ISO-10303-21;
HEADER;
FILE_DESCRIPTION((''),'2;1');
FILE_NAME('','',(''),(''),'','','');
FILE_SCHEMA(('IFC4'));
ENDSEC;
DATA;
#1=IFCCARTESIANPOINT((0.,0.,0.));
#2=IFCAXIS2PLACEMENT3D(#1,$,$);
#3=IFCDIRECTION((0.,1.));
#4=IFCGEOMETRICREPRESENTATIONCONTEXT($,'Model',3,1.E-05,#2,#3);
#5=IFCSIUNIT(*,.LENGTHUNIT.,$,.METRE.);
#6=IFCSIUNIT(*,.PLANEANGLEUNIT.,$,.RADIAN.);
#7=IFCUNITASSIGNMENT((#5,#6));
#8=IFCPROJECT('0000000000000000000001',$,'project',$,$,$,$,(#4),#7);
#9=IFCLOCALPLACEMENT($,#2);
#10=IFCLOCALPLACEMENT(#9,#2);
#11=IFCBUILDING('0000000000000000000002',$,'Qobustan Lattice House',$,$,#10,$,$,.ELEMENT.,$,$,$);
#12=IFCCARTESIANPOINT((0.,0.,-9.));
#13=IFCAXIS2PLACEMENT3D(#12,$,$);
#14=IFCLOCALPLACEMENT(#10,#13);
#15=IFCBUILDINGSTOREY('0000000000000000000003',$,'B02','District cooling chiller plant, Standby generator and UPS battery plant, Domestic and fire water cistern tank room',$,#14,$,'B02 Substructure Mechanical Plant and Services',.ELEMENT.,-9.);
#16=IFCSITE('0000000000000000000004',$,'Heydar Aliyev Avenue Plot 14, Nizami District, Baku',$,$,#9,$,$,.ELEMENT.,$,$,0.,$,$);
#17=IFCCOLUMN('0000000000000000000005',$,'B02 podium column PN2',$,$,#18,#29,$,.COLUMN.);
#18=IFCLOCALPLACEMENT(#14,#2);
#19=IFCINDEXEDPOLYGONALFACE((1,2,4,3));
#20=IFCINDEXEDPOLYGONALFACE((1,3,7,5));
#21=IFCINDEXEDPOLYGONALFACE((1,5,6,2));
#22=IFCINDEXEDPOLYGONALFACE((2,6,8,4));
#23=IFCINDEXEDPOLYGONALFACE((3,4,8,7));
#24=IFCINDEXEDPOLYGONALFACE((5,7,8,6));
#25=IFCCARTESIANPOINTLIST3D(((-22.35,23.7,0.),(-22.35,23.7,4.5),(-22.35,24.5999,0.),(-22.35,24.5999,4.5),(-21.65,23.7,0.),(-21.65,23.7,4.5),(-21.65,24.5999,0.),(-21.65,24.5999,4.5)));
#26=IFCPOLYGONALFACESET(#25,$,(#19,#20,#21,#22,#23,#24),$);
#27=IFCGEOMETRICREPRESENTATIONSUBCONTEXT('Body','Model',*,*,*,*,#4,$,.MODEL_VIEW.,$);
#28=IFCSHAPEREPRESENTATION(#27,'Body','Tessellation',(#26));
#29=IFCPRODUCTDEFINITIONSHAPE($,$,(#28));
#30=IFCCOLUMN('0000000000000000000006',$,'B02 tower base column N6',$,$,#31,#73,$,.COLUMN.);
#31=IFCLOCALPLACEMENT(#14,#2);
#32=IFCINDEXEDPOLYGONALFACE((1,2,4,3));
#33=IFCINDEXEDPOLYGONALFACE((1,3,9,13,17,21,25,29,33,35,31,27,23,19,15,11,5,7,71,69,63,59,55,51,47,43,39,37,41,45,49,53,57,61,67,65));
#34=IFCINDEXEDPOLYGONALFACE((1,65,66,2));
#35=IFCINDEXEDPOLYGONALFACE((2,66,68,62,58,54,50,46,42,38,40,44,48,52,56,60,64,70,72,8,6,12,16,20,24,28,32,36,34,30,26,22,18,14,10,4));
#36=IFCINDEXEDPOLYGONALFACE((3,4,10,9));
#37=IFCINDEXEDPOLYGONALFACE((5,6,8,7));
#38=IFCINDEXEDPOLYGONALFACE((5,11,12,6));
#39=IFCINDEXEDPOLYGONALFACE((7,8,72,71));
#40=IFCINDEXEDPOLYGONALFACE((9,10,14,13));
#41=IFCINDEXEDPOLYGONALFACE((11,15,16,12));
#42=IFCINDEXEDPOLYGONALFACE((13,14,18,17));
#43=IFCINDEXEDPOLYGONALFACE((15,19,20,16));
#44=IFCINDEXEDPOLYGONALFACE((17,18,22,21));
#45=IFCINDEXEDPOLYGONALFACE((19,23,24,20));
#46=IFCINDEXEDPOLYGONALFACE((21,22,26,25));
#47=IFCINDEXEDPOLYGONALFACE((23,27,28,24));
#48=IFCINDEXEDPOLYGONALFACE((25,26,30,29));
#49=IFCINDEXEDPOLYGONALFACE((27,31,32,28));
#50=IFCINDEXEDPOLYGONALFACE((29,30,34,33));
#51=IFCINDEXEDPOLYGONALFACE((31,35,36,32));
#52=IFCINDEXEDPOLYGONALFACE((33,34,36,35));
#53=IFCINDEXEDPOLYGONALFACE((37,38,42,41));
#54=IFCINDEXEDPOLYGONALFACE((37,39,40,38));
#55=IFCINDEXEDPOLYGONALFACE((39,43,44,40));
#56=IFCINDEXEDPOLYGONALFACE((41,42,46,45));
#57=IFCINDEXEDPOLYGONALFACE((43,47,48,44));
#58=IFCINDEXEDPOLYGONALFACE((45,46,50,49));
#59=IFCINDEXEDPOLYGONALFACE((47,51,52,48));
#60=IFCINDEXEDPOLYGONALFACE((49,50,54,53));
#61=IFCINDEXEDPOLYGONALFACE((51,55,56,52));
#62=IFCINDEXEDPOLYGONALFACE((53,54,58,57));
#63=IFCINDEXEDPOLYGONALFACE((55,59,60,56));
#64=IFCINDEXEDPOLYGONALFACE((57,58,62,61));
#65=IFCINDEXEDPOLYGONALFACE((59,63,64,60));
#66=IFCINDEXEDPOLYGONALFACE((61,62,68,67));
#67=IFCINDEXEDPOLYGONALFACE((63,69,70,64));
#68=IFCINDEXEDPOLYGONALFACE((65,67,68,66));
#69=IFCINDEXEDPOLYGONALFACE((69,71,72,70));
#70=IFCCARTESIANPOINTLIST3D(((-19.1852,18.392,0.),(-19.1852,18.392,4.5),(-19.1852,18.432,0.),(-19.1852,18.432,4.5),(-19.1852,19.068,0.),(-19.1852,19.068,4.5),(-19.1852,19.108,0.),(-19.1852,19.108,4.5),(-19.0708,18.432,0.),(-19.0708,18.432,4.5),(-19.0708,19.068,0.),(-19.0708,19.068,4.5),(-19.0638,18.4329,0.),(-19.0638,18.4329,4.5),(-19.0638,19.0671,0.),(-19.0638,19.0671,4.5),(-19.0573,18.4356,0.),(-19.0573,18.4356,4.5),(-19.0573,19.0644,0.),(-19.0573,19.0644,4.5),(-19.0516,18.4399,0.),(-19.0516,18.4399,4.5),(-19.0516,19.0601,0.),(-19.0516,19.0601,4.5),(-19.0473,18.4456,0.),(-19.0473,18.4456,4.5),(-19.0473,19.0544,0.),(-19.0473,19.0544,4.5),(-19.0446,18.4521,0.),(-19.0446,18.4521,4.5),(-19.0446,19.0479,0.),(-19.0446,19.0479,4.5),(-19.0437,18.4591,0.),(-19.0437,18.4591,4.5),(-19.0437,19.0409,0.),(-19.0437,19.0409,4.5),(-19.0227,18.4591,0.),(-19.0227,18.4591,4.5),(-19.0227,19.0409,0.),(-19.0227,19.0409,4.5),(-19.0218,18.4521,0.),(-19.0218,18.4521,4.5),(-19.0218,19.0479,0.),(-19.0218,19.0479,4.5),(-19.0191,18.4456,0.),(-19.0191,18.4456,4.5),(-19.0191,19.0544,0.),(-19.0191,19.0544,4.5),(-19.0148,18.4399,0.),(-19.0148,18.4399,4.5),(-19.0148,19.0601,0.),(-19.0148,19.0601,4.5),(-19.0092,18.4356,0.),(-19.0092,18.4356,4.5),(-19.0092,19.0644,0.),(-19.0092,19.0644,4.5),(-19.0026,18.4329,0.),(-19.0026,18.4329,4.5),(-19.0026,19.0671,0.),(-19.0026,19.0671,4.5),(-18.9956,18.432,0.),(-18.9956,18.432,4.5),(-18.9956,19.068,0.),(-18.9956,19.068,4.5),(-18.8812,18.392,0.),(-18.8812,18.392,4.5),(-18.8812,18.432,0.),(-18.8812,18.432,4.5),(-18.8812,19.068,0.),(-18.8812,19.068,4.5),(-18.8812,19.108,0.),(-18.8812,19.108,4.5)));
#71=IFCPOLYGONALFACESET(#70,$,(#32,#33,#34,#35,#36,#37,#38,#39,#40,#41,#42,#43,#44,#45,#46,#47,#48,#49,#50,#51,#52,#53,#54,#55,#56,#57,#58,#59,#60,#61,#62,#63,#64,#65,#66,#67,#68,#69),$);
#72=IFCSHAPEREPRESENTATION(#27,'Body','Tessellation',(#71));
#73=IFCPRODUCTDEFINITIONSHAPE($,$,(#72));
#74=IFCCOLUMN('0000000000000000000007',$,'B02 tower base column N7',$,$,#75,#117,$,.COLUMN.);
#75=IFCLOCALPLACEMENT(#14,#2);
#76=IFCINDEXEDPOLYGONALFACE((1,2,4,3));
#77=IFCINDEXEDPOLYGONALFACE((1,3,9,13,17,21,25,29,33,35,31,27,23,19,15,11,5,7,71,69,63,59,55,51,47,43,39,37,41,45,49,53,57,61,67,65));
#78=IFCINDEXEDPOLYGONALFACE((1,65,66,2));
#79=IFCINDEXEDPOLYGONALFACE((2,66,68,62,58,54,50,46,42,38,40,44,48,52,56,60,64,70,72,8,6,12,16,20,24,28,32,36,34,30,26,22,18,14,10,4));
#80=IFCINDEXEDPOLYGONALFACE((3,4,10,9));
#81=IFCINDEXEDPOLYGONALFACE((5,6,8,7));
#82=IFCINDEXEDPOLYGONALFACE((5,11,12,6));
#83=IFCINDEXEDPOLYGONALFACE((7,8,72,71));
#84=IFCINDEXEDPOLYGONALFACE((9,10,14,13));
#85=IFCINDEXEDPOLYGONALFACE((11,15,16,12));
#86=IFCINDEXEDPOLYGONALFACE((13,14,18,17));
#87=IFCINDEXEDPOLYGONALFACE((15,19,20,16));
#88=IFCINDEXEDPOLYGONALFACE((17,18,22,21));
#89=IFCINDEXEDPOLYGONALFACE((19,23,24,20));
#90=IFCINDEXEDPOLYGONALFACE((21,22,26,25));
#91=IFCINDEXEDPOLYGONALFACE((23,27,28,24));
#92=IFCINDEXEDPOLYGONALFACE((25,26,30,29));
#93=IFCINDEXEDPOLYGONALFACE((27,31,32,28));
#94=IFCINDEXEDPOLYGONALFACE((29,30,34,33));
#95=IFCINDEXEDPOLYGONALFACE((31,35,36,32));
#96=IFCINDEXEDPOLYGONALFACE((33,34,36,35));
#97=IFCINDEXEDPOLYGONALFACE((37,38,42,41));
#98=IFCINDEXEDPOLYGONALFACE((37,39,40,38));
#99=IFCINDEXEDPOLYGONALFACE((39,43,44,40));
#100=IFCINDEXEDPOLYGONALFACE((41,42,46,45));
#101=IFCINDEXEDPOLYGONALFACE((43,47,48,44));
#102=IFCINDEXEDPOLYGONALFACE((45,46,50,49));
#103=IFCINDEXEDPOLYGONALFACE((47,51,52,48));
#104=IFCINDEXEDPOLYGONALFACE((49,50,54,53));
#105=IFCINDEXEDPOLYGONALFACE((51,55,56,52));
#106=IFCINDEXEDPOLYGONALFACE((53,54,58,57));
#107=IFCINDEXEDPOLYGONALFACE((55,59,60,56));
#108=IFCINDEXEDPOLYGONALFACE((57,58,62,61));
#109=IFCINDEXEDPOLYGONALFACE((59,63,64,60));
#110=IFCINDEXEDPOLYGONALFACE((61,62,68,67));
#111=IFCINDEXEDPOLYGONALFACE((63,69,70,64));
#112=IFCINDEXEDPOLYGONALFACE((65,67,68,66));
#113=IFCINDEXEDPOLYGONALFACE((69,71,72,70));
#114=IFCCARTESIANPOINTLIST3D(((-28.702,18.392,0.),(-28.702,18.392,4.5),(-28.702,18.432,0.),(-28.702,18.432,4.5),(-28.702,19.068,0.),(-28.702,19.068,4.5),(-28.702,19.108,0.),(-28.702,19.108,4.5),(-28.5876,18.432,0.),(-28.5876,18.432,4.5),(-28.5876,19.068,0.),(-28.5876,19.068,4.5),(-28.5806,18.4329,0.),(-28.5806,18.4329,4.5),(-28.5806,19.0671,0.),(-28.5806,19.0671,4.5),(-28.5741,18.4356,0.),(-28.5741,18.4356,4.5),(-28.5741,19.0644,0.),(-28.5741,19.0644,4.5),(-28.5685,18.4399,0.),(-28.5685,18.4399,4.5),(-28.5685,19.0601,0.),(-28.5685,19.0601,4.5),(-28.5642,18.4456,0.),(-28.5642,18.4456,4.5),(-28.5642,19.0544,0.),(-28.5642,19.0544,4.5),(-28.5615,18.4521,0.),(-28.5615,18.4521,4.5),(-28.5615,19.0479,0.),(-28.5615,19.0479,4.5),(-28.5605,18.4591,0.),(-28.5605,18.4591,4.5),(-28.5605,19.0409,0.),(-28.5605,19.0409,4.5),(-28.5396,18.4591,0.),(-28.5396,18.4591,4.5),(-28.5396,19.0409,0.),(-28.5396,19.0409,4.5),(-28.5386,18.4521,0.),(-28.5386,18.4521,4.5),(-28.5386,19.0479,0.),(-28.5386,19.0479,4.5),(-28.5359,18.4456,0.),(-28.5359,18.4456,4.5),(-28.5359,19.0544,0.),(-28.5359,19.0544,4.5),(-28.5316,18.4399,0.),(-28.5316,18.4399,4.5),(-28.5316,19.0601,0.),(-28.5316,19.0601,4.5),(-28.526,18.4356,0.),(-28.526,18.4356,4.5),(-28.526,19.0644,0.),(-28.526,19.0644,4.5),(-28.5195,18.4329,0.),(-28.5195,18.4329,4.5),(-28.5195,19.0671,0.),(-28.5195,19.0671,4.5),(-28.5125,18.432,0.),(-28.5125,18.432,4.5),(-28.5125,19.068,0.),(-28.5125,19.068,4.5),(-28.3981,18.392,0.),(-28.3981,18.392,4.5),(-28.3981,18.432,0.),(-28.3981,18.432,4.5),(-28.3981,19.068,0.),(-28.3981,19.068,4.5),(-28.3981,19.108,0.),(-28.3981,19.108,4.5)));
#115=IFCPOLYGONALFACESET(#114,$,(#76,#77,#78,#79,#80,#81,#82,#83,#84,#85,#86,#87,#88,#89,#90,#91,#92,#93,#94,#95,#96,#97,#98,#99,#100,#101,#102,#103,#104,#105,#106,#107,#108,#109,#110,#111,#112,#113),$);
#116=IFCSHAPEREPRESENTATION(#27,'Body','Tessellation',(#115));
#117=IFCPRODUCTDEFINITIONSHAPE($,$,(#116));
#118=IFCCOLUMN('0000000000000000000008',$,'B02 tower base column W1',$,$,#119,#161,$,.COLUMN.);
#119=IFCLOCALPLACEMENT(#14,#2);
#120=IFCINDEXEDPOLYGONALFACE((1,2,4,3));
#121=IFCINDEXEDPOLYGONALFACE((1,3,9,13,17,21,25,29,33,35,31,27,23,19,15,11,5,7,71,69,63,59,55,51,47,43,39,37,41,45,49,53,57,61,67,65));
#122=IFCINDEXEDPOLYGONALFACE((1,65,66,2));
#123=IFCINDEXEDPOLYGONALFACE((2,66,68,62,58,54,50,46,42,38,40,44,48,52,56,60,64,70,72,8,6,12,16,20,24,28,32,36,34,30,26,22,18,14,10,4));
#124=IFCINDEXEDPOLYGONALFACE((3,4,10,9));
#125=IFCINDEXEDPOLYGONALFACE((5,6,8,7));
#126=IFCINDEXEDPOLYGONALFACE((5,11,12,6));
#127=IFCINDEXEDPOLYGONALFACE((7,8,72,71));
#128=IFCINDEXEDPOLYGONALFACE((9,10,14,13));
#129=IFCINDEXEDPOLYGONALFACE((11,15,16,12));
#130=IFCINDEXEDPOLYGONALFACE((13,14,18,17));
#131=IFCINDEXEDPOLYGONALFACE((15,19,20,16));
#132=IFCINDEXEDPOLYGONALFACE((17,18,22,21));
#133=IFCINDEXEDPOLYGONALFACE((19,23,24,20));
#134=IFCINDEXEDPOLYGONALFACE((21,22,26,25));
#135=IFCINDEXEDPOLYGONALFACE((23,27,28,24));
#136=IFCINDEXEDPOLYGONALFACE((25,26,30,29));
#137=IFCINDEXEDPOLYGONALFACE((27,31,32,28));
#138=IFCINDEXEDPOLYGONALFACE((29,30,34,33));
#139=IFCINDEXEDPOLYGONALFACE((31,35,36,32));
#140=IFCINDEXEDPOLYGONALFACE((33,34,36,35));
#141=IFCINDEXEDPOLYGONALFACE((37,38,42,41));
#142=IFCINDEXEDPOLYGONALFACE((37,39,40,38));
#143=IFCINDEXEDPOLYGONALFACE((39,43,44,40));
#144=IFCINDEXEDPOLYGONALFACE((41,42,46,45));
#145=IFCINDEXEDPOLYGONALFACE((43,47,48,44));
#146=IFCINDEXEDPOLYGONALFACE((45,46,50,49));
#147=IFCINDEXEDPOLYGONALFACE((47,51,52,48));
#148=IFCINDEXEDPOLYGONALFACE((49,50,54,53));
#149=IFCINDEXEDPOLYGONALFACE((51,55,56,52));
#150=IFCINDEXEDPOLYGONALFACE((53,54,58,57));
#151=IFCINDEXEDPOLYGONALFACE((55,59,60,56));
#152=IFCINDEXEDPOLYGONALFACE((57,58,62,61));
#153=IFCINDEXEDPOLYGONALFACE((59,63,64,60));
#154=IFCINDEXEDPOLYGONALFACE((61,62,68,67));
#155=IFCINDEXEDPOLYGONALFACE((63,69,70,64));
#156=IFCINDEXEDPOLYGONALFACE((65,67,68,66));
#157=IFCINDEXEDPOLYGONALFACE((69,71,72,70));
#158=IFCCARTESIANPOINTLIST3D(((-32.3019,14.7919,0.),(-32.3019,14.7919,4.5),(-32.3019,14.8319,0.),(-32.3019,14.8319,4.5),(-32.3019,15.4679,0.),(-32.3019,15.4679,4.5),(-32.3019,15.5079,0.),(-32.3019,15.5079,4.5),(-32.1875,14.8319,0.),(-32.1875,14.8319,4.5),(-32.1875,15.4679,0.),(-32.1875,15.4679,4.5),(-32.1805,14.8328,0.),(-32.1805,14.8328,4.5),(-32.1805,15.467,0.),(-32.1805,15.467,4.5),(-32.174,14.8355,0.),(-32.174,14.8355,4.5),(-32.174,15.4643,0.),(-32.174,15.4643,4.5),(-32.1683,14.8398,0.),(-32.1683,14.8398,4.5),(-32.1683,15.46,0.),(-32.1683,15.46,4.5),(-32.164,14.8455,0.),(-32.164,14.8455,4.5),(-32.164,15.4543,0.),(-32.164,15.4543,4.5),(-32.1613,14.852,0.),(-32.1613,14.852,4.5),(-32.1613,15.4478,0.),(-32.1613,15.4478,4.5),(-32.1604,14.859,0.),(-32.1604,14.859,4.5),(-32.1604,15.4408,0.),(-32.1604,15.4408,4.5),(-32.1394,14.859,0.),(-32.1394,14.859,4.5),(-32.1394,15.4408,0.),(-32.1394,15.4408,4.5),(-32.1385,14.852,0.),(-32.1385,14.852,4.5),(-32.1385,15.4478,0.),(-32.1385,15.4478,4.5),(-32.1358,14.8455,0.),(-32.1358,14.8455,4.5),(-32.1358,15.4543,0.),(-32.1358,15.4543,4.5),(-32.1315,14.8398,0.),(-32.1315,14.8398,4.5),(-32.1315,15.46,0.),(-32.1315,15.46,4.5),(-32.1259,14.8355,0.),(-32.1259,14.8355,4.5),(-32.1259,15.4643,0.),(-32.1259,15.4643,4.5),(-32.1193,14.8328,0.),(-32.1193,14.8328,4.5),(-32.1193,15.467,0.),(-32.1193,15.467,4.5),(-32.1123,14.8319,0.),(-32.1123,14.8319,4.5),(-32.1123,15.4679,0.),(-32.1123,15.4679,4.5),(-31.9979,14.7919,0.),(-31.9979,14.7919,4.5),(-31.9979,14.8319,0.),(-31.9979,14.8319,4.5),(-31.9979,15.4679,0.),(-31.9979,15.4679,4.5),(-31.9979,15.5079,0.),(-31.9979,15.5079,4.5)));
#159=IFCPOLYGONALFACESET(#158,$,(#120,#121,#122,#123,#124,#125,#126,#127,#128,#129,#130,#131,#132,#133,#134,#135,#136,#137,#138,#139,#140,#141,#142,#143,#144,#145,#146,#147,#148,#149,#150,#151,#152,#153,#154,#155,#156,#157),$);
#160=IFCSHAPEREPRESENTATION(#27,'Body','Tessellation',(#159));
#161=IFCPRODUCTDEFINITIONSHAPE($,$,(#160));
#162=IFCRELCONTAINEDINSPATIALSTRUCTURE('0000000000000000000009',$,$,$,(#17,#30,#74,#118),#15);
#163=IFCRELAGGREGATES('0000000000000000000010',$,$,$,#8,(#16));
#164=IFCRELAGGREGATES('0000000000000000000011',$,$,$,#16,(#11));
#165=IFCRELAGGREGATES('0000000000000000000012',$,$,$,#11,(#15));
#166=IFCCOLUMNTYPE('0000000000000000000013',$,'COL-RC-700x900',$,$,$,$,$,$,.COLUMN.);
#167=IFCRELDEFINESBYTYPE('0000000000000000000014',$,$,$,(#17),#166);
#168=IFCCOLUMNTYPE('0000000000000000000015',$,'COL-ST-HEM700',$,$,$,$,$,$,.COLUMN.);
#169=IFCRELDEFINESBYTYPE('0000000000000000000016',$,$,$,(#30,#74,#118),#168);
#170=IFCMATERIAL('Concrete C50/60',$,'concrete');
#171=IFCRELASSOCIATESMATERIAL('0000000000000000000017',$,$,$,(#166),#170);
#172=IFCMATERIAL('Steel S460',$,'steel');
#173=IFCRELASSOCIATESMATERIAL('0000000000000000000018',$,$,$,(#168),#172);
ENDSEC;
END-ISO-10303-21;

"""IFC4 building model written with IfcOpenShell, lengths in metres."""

from ifc_helpers import new_model, si_unit, direction, frame, origin, origin_2d, place, context, subcontext, project, spatial, rectangle, i_section, extrude, material, material_profile, profile_set, type_object, element, save


model = new_model("IFC4")

# Units and contexts
model_context = context("Model", 3, precision=1e-05, world=origin(), true_north=direction((0.0, 1.0)))
body_context = subcontext(model_context, "Body", "Model", "MODEL_VIEW")
ifc_project = project(units=[si_unit("LENGTHUNIT", "METRE"), si_unit("PLANEANGLEUNIT", "RADIAN")], contexts=[model_context])

# Site, building, storey
site_placement = place(None, origin())
site = spatial("IfcSite", under=ifc_project, at=site_placement, Name="Heydar Aliyev Avenue Plot 14, Nizami District, Baku", CompositionType="ELEMENT", RefElevation=0.0)
building_placement = place(site_placement, origin())
building = spatial("IfcBuilding", under=site, at=building_placement, Name="Qobustan Lattice House", CompositionType="ELEMENT")
storey_placement = place(building_placement, frame((0.0, 0.0, -9.0)))
storey = spatial("IfcBuildingStorey", under=building, at=storey_placement, Name="B02", Description="District cooling chiller plant, Standby generator and UPS battery plant, Domestic and fire water cistern tank room", LongName="B02 Substructure Mechanical Plant and Services", CompositionType="ELEMENT", Elevation=-9.0)

# Columns
ifc_material_1 = material(Name="Concrete C50/60", Category="concrete")
ifc_material_profile_1 = material_profile(ifc_material_1, rectangle(XDim=0.7, YDim=0.8999, at=origin_2d()), Name="RC700x900")
ifc_profile_set_1 = profile_set([ifc_material_profile_1], Name="Concrete C50/60")
column_type_1 = type_object("IfcColumnType", Name="COL-RC-700x900", PredefinedType="COLUMN", material=ifc_profile_set_1)
column_1_placement = place(storey_placement, frame((-22.0, 24.1499, 0.0), z_axis=(0.0, 0.0, 1.0), x_axis=(1.0, 0.0, 0.0)))
element("IfcColumn", 1, at=column_1_placement, inside=storey, type_object=column_type_1, Name="B02 podium column PN2", PredefinedType="COLUMN", context=body_context, shape_type="SweptSolid", body=[
    extrude(rectangle(XDim=0.7, YDim=0.8999, at=origin_2d()), origin(), (0.0, 0.0, 1.0), 4.5),
])
ifc_material_2 = material(Name="Steel S460", Category="steel")
ifc_material_profile_2 = material_profile(ifc_material_2, i_section(OverallWidth=0.304, OverallDepth=0.7161, WebThickness=0.021, FlangeThickness=0.04, FilletRadius=0.0271, at=origin_2d()), Name="HEM700")
ifc_profile_set_2 = profile_set([ifc_material_profile_2], Name="Steel S460")
column_type_2 = type_object("IfcColumnType", Name="COL-ST-HEM700", PredefinedType="COLUMN", material=ifc_profile_set_2)
for number, where, z_axis, x_axis, name in (
    (2, (-19.0332, 18.75, 0.0), (0.0, 0.0, 1.0), (1.0, 0.0, 0.0), "B02 tower base column N6"),
    (3, (-28.55, 18.75, 0.0), (0.0, 0.0, 1.0), (1.0, 0.0, 0.0), "B02 tower base column N7"),
    (4, (-32.1499, 15.1499, 0.0), (0.0, 0.0, 1.0), (1.0, 0.0, 0.0), "B02 tower base column W1"),
):
    element("IfcColumn", number, at=place(storey_placement, frame(where, z_axis=z_axis, x_axis=x_axis)), inside=storey, type_object=column_type_2, Name=name, PredefinedType="COLUMN", context=body_context, shape_type="SweptSolid", body=[
        extrude(i_section(OverallWidth=0.304, OverallDepth=0.7161, WebThickness=0.021, FlangeThickness=0.04, FilletRadius=0.0271, at=origin_2d()), origin(), (0.0, 0.0, 1.0), 4.5),
    ])

save(model, "model.ifc")
